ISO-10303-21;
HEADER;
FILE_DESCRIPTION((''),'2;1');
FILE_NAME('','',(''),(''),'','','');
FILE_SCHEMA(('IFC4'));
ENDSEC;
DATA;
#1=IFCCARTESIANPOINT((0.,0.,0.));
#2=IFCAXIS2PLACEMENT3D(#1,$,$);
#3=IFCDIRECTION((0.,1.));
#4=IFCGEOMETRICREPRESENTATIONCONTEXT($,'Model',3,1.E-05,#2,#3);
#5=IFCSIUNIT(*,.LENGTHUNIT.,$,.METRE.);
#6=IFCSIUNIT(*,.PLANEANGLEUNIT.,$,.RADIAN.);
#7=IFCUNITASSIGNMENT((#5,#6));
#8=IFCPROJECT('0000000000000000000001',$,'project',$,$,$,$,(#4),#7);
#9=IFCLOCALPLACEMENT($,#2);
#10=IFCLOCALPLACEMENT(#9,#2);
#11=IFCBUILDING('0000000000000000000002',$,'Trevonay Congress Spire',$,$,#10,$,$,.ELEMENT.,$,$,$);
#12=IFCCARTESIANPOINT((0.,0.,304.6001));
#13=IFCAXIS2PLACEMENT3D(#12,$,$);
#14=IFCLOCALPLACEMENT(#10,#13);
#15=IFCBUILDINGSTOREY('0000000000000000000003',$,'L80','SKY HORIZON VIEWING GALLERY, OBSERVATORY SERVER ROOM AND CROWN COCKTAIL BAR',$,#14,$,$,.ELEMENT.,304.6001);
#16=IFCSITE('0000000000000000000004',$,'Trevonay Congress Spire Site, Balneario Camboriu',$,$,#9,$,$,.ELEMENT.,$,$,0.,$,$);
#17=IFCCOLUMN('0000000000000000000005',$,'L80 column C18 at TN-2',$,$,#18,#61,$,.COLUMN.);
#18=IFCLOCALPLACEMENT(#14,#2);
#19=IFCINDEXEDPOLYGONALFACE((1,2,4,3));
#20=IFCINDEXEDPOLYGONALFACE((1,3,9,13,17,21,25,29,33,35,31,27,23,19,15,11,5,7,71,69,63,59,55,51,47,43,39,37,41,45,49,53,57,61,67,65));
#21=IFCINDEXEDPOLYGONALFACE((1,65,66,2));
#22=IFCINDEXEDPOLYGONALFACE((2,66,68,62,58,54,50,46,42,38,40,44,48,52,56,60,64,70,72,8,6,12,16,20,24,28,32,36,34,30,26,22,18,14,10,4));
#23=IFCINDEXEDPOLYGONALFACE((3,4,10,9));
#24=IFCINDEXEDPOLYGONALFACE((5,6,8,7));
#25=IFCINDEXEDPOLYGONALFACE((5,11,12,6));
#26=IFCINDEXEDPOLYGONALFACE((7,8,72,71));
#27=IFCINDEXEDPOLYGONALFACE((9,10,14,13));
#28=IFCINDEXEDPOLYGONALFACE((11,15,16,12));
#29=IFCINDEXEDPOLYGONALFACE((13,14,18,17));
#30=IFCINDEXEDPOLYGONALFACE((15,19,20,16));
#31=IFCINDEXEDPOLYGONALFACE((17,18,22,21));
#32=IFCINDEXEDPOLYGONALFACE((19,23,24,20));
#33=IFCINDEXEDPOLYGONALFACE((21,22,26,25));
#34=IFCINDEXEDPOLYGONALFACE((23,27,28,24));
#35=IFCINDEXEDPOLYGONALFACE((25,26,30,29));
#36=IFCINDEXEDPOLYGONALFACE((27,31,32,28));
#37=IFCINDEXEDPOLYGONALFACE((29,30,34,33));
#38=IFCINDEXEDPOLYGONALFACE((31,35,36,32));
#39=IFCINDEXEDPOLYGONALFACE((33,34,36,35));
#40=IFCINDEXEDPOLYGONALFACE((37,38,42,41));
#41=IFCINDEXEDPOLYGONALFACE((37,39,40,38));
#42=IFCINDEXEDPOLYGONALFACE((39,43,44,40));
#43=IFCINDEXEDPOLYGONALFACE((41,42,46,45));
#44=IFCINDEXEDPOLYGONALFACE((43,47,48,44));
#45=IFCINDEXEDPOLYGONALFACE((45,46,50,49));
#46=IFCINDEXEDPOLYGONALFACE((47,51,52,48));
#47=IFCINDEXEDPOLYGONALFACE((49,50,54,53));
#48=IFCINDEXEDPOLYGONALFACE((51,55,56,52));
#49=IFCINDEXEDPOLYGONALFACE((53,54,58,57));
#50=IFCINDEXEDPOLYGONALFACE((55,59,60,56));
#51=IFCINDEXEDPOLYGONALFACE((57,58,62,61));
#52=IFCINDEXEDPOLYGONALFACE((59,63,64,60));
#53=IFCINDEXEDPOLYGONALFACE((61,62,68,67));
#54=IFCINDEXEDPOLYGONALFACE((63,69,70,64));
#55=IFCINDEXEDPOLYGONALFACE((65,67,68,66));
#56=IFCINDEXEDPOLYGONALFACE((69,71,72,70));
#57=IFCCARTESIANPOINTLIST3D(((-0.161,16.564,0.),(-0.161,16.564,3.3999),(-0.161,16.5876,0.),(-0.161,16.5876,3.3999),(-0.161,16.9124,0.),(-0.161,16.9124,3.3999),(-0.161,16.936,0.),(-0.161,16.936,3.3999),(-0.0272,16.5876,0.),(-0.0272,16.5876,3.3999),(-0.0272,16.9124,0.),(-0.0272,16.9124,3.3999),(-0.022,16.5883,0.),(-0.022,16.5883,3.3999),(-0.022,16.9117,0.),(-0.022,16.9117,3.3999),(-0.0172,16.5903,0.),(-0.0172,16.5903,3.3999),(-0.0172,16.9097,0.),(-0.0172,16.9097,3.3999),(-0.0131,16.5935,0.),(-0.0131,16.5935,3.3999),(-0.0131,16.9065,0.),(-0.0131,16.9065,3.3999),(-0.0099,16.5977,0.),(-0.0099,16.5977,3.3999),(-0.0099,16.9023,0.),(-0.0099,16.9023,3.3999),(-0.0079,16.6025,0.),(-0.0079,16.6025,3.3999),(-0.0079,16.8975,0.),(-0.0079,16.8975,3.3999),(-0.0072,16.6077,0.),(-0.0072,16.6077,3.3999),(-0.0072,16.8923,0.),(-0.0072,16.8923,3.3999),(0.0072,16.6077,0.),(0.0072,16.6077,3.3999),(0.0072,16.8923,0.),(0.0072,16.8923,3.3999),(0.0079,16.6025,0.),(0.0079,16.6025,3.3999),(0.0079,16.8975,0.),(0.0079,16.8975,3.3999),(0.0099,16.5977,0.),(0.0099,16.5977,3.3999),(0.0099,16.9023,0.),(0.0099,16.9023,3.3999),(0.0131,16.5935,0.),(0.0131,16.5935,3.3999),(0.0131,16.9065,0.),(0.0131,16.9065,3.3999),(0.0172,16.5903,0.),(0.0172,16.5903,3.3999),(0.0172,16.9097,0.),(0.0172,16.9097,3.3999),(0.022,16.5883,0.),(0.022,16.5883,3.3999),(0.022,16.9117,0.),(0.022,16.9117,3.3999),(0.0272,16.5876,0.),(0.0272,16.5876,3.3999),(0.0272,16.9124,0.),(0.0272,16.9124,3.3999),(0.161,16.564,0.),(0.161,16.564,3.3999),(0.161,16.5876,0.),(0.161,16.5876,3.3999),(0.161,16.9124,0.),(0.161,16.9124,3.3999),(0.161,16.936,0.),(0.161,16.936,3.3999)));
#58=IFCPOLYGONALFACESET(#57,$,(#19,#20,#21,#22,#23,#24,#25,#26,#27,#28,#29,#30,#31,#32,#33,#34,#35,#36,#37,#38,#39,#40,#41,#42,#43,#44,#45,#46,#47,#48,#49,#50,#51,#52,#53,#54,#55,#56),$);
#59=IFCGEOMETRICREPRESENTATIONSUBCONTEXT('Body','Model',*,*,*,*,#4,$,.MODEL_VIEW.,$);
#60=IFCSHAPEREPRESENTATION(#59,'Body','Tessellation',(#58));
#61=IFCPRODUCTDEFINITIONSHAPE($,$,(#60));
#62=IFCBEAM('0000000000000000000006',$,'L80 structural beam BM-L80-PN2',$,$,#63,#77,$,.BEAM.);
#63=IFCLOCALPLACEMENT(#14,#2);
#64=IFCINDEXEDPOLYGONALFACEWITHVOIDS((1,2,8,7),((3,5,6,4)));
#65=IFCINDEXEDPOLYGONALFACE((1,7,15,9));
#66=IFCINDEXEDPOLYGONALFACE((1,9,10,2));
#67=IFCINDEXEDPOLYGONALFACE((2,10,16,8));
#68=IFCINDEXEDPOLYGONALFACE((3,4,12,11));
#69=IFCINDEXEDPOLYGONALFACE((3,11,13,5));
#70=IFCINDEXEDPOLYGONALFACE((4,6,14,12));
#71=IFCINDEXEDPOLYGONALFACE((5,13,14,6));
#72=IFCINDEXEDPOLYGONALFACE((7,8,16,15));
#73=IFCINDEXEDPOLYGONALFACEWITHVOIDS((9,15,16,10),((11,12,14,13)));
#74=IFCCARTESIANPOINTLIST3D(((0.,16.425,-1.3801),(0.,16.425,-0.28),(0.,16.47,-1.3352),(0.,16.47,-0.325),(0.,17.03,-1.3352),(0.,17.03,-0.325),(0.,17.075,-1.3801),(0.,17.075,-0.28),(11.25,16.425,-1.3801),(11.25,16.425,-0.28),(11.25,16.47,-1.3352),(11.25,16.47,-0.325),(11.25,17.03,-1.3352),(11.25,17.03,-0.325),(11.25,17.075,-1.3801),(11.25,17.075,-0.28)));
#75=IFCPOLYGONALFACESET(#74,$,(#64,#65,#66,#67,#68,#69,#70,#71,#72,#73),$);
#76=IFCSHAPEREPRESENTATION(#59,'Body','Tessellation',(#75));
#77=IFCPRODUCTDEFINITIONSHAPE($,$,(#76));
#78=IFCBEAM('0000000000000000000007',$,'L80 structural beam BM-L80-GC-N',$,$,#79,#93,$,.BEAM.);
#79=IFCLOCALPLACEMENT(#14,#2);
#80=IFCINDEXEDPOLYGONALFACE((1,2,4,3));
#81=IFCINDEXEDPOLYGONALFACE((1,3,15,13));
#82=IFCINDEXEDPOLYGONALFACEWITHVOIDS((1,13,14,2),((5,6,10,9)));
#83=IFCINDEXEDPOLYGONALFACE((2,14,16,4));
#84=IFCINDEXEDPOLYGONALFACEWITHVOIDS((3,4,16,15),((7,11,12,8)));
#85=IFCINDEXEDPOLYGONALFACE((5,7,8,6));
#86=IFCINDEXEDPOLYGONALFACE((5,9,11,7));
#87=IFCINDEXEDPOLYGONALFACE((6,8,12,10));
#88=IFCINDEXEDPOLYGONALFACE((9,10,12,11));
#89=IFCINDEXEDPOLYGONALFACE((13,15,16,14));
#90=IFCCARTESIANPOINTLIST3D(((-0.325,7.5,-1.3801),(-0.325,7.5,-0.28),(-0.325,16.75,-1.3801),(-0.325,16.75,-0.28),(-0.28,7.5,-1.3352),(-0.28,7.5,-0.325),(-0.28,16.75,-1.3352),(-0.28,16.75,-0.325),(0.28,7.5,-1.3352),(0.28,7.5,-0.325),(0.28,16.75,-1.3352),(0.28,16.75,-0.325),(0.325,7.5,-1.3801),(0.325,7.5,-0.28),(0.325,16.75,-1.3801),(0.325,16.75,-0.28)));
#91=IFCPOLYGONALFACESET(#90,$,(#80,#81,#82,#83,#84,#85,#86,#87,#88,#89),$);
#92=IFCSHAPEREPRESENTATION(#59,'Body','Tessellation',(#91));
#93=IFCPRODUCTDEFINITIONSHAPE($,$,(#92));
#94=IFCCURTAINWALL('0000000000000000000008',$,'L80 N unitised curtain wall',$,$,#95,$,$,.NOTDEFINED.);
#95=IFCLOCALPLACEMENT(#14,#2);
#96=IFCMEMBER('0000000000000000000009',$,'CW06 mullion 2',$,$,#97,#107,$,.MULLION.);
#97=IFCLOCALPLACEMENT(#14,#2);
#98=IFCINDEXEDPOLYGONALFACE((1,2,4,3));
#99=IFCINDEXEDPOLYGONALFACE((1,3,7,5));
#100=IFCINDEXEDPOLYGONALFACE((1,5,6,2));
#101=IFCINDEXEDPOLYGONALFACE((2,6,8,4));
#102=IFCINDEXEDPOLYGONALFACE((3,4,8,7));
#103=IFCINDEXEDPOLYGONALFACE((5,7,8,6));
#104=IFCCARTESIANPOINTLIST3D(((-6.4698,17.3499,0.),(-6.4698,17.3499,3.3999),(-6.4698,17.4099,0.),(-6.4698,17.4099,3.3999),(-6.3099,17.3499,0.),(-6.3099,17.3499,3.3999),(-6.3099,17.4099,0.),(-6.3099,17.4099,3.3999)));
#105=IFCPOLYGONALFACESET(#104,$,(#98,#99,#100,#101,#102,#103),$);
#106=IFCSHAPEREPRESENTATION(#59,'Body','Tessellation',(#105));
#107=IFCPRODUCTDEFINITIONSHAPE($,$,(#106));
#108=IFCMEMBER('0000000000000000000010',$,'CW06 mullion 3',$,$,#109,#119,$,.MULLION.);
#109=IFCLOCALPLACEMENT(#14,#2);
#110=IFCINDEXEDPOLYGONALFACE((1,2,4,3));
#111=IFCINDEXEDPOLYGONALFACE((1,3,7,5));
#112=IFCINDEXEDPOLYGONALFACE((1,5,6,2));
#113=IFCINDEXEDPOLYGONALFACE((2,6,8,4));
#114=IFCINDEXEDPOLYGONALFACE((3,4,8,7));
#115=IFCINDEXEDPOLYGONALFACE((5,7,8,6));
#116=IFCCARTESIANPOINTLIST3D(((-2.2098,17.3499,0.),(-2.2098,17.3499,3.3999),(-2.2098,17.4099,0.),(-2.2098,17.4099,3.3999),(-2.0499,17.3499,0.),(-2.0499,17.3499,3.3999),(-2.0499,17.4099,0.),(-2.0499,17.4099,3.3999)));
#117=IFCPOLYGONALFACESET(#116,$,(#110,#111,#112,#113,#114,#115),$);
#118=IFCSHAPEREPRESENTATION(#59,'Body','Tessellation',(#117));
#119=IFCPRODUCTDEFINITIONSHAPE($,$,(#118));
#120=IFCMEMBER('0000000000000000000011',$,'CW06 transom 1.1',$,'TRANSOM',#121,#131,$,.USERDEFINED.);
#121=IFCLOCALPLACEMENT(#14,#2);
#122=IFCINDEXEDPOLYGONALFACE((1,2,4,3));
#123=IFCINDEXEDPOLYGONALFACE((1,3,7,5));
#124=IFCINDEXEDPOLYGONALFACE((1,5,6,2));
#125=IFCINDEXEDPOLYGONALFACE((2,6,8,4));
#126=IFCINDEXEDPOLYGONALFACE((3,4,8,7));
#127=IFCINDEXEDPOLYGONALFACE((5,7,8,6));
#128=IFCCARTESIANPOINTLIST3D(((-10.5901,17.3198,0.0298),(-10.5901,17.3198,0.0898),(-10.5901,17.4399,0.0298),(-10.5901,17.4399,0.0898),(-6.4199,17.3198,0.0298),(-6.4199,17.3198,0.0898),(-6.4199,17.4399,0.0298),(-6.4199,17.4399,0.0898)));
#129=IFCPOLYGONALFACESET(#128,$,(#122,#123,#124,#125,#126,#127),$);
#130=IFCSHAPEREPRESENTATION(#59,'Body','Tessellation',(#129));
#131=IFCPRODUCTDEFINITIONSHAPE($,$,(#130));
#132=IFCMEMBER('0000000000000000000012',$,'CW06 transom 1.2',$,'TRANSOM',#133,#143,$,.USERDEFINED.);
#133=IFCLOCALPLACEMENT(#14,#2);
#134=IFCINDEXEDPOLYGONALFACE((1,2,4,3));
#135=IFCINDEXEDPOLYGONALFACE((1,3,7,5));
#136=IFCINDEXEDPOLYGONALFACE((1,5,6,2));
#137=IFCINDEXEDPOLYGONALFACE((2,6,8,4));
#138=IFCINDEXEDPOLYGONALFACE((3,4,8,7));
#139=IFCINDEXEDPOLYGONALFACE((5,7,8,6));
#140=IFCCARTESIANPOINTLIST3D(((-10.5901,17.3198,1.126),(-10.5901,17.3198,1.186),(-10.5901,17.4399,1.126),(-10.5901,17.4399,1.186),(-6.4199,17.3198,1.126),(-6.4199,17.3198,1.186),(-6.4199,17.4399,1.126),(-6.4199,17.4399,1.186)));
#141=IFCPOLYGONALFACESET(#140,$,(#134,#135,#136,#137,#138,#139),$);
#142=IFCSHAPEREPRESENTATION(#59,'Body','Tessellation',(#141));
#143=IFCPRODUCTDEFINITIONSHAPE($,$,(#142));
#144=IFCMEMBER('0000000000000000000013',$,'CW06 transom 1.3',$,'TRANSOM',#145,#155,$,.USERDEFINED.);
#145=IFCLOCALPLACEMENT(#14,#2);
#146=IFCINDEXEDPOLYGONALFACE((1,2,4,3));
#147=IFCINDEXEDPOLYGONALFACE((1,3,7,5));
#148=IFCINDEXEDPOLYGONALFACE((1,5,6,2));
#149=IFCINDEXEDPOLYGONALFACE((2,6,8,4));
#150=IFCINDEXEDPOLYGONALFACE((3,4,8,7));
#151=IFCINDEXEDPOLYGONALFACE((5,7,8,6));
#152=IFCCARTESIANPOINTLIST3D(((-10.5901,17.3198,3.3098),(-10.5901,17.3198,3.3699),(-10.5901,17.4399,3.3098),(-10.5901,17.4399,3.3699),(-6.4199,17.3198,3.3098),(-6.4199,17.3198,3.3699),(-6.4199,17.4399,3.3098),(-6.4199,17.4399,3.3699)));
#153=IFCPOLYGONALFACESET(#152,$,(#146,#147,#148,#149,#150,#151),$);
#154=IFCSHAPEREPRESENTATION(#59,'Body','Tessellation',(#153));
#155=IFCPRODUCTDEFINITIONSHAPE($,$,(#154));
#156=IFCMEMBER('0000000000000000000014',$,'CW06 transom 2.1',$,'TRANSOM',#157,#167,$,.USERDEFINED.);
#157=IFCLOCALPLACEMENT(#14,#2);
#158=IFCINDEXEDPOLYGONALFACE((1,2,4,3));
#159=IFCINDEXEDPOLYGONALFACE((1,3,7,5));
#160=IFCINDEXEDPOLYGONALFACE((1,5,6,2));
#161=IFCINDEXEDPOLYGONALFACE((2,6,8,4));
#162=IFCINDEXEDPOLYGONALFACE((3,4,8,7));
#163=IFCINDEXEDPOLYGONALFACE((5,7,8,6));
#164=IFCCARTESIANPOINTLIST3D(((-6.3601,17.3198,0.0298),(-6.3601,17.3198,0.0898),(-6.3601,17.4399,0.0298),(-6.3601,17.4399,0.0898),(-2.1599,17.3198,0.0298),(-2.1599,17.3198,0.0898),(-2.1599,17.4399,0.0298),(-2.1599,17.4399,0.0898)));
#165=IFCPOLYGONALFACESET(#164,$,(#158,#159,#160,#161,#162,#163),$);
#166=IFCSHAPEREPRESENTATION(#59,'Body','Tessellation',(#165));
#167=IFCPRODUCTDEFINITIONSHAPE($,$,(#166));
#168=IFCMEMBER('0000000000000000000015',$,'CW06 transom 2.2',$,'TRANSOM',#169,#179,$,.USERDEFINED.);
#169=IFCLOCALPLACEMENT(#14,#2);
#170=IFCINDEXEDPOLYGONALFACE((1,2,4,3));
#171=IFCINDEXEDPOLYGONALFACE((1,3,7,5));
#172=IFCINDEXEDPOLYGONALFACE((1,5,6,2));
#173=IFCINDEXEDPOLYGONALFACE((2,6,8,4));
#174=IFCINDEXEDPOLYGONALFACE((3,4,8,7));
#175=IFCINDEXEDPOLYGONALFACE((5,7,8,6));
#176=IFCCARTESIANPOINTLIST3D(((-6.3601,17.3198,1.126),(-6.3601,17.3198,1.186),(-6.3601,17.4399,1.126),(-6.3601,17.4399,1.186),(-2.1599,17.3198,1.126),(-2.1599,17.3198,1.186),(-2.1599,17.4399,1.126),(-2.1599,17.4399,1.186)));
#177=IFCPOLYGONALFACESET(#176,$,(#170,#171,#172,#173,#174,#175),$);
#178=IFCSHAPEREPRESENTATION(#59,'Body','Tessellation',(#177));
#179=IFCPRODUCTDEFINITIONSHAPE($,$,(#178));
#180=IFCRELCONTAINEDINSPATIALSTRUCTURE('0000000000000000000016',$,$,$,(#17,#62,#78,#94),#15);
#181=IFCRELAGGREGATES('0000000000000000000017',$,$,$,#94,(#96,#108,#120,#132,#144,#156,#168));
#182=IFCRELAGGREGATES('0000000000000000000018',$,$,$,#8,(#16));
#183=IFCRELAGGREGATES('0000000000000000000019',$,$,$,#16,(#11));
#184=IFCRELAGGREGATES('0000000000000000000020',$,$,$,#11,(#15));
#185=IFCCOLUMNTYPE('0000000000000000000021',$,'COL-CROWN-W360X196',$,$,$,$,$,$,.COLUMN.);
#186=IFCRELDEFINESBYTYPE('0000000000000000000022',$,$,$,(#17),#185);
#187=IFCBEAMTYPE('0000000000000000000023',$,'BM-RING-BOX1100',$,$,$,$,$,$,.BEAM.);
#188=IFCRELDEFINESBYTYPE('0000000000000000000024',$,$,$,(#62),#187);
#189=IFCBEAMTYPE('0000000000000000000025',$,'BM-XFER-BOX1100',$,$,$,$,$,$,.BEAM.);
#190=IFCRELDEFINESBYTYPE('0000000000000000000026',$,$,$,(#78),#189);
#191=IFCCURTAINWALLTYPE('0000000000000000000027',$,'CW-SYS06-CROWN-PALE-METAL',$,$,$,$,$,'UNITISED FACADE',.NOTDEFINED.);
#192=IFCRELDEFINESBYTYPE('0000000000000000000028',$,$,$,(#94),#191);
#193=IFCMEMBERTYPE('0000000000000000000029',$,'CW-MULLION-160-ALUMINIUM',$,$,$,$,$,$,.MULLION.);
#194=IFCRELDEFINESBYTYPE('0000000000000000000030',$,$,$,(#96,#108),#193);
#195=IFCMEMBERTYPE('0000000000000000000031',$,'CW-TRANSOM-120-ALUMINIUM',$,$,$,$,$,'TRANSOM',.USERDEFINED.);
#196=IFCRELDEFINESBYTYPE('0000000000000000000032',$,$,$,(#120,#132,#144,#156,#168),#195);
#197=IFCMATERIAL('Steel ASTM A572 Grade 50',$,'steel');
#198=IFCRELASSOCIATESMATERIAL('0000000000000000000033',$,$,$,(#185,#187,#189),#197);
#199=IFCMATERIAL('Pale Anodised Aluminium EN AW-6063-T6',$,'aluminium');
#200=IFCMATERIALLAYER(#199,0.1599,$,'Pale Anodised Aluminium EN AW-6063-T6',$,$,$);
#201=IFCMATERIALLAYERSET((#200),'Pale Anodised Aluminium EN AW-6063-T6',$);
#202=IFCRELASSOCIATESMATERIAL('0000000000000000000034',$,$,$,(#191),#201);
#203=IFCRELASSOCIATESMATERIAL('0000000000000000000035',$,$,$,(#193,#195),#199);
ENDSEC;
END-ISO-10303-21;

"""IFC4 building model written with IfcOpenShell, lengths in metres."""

from ifc_helpers import new_model, si_unit, direction, frame, origin, origin_2d, place, context, subcontext, project, spatial, rectangle, hollow_rectangle, i_section, extrude, material, layer, layer_set, material_profile, profile_set, type_object, element, aggregate, save


model = new_model("IFC4")

# Units and contexts
model_context = context("Model", 3, precision=1e-05, world=origin(), true_north=direction((0.0, 1.0)))
body_context = subcontext(model_context, "Body", "Model", "MODEL_VIEW")
ifc_project = project(units=[si_unit("LENGTHUNIT", "METRE"), si_unit("PLANEANGLEUNIT", "RADIAN")], contexts=[model_context])

# Site, building, storey
site_placement = place(None, origin())
site = spatial("IfcSite", under=ifc_project, at=site_placement, Name="Trevonay Congress Spire Site, Balneario Camboriu", CompositionType="ELEMENT", RefElevation=0.0)
building_placement = place(site_placement, origin())
building = spatial("IfcBuilding", under=site, at=building_placement, Name="Trevonay Congress Spire", CompositionType="ELEMENT")
storey_placement = place(building_placement, frame((0.0, 0.0, 304.6001)))
storey = spatial("IfcBuildingStorey", under=building, at=storey_placement, Name="L80", Description="SKY HORIZON VIEWING GALLERY, OBSERVATORY SERVER ROOM AND CROWN COCKTAIL BAR", CompositionType="ELEMENT", Elevation=304.6001)

# Column
ifc_material_1 = material(Name="Steel ASTM A572 Grade 50", Category="steel")
ifc_material_profile_1 = material_profile(ifc_material_1, i_section(OverallWidth=0.322, OverallDepth=0.3721, WebThickness=0.0144, FlangeThickness=0.0237, FilletRadius=0.02, at=origin_2d()), Name="W360x196")
ifc_profile_set_1 = profile_set([ifc_material_profile_1], Name="Steel ASTM A572 Grade 50")
column_type = type_object("IfcColumnType", Name="COL-CROWN-W360X196", PredefinedType="COLUMN", material=ifc_profile_set_1)
column_placement = place(storey_placement, frame((0.0, 16.75, 0.0), z_axis=(0.0, 0.0, 1.0), x_axis=(1.0, 0.0, 0.0)))
element("IfcColumn", 1, at=column_placement, inside=storey, type_object=column_type, Name="L80 column C18 at TN-2", PredefinedType="COLUMN", context=body_context, shape_type="SweptSolid", body=[
    extrude(i_section(OverallWidth=0.322, OverallDepth=0.3721, WebThickness=0.0144, FlangeThickness=0.0237, FilletRadius=0.02, at=origin_2d()), origin(), (0.0, 0.0, 1.0), 3.3999),
])

# Beams
ifc_material_profile_2 = material_profile(ifc_material_1, hollow_rectangle(XDim=0.6499, YDim=1.1001, WallThickness=0.0449, at=origin_2d()), Name="BOX 1100x650x45")
ifc_profile_set_2 = profile_set([ifc_material_profile_2], Name="Steel ASTM A572 Grade 50")
beam_type_1 = type_object("IfcBeamType", Name="BM-RING-BOX1100", PredefinedType="BEAM", material=ifc_profile_set_2)
beam_1_placement = place(storey_placement, frame((0.0, 16.75, -0.8301), z_axis=(1.0, 0.0, 0.0), x_axis=(0.0, 1.0, 0.0)))
element("IfcBeam", 2, at=beam_1_placement, inside=storey, type_object=beam_type_1, Name="L80 structural beam BM-L80-PN2", PredefinedType="BEAM", context=body_context, shape_type="SweptSolid", body=[
    extrude(hollow_rectangle(XDim=0.6499, YDim=1.1001, WallThickness=0.0449, at=origin_2d()), origin(), (0.0, 0.0, 1.0), 11.25),
])
ifc_material_profile_3 = material_profile(ifc_material_1, hollow_rectangle(XDim=0.6499, YDim=1.1001, WallThickness=0.0449, at=origin_2d()), Name="BOX 1100x650x45")
ifc_profile_set_3 = profile_set([ifc_material_profile_3], Name="Steel ASTM A572 Grade 50")
beam_type_2 = type_object("IfcBeamType", Name="BM-XFER-BOX1100", PredefinedType="BEAM", material=ifc_profile_set_3)
beam_2_placement = place(storey_placement, frame((0.0, 7.5, -0.8301), z_axis=(0.0, 1.0, 0.0), x_axis=(-1.0, 0.0, 0.0)))
element("IfcBeam", 3, at=beam_2_placement, inside=storey, type_object=beam_type_2, Name="L80 structural beam BM-L80-GC-N", PredefinedType="BEAM", context=body_context, shape_type="SweptSolid", body=[
    extrude(hollow_rectangle(XDim=0.6499, YDim=1.1001, WallThickness=0.0449, at=origin_2d()), origin(), (0.0, 0.0, 1.0), 9.25),
])

# Curtain wall, members
ifc_material_2 = material(Name="Pale Anodised Aluminium EN AW-6063-T6", Category="aluminium")
ifc_layer_1 = layer(ifc_material_2, 0.1599, Name="Pale Anodised Aluminium EN AW-6063-T6")
ifc_layer_set_1 = layer_set([ifc_layer_1], Name="Pale Anodised Aluminium EN AW-6063-T6")
curtain_wall_type = type_object("IfcCurtainWallType", Name="CW-SYS06-CROWN-PALE-METAL", ElementType="UNITISED FACADE", PredefinedType="NOTDEFINED", material=ifc_layer_set_1)
curtain_wall_placement = place(storey_placement, origin())
curtain_wall = element("IfcCurtainWall", 4, at=curtain_wall_placement, inside=storey, type_object=curtain_wall_type, Name="L80 N unitised curtain wall", PredefinedType="NOTDEFINED")
ifc_material_profile_4 = material_profile(ifc_material_2, rectangle(XDim=0.0601, YDim=0.1599, at=origin_2d()), Name="CW-MULLION-160-ALUMINIUM")
ifc_profile_set_4 = profile_set([ifc_material_profile_4], Name="Pale Anodised Aluminium EN AW-6063-T6")
member_type_1 = type_object("IfcMemberType", Name="CW-MULLION-160-ALUMINIUM", PredefinedType="MULLION", material=ifc_profile_set_4)
member_1_placement = place(storey_placement, frame((-6.3899, 17.3799, 0.0), z_axis=(0.0, 0.0, 1.0), x_axis=(0.0, 1.0, 0.0)))
member_1 = element("IfcMember", 5, at=member_1_placement, type_object=member_type_1, Name="CW06 mullion 2", PredefinedType="MULLION", context=body_context, shape_type="SweptSolid", body=[
    extrude(rectangle(XDim=0.0601, YDim=0.1599, at=origin_2d()), origin(), (0.0, 0.0, 1.0), 3.3999),
])
member_2_placement = place(storey_placement, frame((-2.1299, 17.3799, 0.0), z_axis=(0.0, 0.0, 1.0), x_axis=(0.0, 1.0, 0.0)))
member_2 = element("IfcMember", 6, at=member_2_placement, type_object=member_type_1, Name="CW06 mullion 3", PredefinedType="MULLION", context=body_context, shape_type="SweptSolid", body=[
    extrude(rectangle(XDim=0.0601, YDim=0.1599, at=origin_2d()), origin(), (0.0, 0.0, 1.0), 3.3999),
])
ifc_material_profile_5 = material_profile(ifc_material_2, rectangle(XDim=0.1201, YDim=0.0601, at=origin_2d()), Name="CW-TRANSOM-120-ALUMINIUM")
ifc_profile_set_5 = profile_set([ifc_material_profile_5], Name="Pale Anodised Aluminium EN AW-6063-T6")
member_type_2 = type_object("IfcMemberType", Name="CW-TRANSOM-120-ALUMINIUM", ElementType="TRANSOM", PredefinedType="USERDEFINED", material=ifc_profile_set_5)
member_3_placement = place(storey_placement, frame((-10.5901, 17.3799, 0.0598), z_axis=(1.0, 0.0, 0.0), x_axis=(0.0, 1.0, 0.0)))
member_3 = element("IfcMember", 7, at=member_3_placement, type_object=member_type_2, Name="CW06 transom 1.1", ObjectType="TRANSOM", PredefinedType="USERDEFINED", context=body_context, shape_type="SweptSolid", body=[
    extrude(rectangle(XDim=0.1201, YDim=0.0601, at=origin_2d()), origin(), (0.0, 0.0, 1.0), 4.1702),
])
member_4_placement = place(storey_placement, frame((-10.5901, 17.3799, 1.156), z_axis=(1.0, 0.0, 0.0), x_axis=(0.0, 1.0, 0.0)))
member_4 = element("IfcMember", 8, at=member_4_placement, type_object=member_type_2, Name="CW06 transom 1.2", ObjectType="TRANSOM", PredefinedType="USERDEFINED", context=body_context, shape_type="SweptSolid", body=[
    extrude(rectangle(XDim=0.1201, YDim=0.0601, at=origin_2d()), origin(), (0.0, 0.0, 1.0), 4.1702),
])
member_5_placement = place(storey_placement, frame((-10.5901, 17.3799, 3.3398), z_axis=(1.0, 0.0, 0.0), x_axis=(0.0, 1.0, 0.0)))
member_5 = element("IfcMember", 9, at=member_5_placement, type_object=member_type_2, Name="CW06 transom 1.3", ObjectType="TRANSOM", PredefinedType="USERDEFINED", context=body_context, shape_type="SweptSolid", body=[
    extrude(rectangle(XDim=0.1201, YDim=0.0601, at=origin_2d()), origin(), (0.0, 0.0, 1.0), 4.1702),
])
member_6_placement = place(storey_placement, frame((-6.3601, 17.3799, 0.0598), z_axis=(1.0, 0.0, 0.0), x_axis=(0.0, 1.0, 0.0)))
member_6 = element("IfcMember", 10, at=member_6_placement, type_object=member_type_2, Name="CW06 transom 2.1", ObjectType="TRANSOM", PredefinedType="USERDEFINED", context=body_context, shape_type="SweptSolid", body=[
    extrude(rectangle(XDim=0.1201, YDim=0.0601, at=origin_2d()), origin(), (0.0, 0.0, 1.0), 4.2002),
])
member_7_placement = place(storey_placement, frame((-6.3601, 17.3799, 1.156), z_axis=(1.0, 0.0, 0.0), x_axis=(0.0, 1.0, 0.0)))
member_7 = element("IfcMember", 11, at=member_7_placement, type_object=member_type_2, Name="CW06 transom 2.2", ObjectType="TRANSOM", PredefinedType="USERDEFINED", context=body_context, shape_type="SweptSolid", body=[
    extrude(rectangle(XDim=0.1201, YDim=0.0601, at=origin_2d()), origin(), (0.0, 0.0, 1.0), 4.2002),
])
aggregate(curtain_wall, [member_1, member_2, member_3, member_4, member_5, member_6, member_7])

save(model, "model.ifc")
